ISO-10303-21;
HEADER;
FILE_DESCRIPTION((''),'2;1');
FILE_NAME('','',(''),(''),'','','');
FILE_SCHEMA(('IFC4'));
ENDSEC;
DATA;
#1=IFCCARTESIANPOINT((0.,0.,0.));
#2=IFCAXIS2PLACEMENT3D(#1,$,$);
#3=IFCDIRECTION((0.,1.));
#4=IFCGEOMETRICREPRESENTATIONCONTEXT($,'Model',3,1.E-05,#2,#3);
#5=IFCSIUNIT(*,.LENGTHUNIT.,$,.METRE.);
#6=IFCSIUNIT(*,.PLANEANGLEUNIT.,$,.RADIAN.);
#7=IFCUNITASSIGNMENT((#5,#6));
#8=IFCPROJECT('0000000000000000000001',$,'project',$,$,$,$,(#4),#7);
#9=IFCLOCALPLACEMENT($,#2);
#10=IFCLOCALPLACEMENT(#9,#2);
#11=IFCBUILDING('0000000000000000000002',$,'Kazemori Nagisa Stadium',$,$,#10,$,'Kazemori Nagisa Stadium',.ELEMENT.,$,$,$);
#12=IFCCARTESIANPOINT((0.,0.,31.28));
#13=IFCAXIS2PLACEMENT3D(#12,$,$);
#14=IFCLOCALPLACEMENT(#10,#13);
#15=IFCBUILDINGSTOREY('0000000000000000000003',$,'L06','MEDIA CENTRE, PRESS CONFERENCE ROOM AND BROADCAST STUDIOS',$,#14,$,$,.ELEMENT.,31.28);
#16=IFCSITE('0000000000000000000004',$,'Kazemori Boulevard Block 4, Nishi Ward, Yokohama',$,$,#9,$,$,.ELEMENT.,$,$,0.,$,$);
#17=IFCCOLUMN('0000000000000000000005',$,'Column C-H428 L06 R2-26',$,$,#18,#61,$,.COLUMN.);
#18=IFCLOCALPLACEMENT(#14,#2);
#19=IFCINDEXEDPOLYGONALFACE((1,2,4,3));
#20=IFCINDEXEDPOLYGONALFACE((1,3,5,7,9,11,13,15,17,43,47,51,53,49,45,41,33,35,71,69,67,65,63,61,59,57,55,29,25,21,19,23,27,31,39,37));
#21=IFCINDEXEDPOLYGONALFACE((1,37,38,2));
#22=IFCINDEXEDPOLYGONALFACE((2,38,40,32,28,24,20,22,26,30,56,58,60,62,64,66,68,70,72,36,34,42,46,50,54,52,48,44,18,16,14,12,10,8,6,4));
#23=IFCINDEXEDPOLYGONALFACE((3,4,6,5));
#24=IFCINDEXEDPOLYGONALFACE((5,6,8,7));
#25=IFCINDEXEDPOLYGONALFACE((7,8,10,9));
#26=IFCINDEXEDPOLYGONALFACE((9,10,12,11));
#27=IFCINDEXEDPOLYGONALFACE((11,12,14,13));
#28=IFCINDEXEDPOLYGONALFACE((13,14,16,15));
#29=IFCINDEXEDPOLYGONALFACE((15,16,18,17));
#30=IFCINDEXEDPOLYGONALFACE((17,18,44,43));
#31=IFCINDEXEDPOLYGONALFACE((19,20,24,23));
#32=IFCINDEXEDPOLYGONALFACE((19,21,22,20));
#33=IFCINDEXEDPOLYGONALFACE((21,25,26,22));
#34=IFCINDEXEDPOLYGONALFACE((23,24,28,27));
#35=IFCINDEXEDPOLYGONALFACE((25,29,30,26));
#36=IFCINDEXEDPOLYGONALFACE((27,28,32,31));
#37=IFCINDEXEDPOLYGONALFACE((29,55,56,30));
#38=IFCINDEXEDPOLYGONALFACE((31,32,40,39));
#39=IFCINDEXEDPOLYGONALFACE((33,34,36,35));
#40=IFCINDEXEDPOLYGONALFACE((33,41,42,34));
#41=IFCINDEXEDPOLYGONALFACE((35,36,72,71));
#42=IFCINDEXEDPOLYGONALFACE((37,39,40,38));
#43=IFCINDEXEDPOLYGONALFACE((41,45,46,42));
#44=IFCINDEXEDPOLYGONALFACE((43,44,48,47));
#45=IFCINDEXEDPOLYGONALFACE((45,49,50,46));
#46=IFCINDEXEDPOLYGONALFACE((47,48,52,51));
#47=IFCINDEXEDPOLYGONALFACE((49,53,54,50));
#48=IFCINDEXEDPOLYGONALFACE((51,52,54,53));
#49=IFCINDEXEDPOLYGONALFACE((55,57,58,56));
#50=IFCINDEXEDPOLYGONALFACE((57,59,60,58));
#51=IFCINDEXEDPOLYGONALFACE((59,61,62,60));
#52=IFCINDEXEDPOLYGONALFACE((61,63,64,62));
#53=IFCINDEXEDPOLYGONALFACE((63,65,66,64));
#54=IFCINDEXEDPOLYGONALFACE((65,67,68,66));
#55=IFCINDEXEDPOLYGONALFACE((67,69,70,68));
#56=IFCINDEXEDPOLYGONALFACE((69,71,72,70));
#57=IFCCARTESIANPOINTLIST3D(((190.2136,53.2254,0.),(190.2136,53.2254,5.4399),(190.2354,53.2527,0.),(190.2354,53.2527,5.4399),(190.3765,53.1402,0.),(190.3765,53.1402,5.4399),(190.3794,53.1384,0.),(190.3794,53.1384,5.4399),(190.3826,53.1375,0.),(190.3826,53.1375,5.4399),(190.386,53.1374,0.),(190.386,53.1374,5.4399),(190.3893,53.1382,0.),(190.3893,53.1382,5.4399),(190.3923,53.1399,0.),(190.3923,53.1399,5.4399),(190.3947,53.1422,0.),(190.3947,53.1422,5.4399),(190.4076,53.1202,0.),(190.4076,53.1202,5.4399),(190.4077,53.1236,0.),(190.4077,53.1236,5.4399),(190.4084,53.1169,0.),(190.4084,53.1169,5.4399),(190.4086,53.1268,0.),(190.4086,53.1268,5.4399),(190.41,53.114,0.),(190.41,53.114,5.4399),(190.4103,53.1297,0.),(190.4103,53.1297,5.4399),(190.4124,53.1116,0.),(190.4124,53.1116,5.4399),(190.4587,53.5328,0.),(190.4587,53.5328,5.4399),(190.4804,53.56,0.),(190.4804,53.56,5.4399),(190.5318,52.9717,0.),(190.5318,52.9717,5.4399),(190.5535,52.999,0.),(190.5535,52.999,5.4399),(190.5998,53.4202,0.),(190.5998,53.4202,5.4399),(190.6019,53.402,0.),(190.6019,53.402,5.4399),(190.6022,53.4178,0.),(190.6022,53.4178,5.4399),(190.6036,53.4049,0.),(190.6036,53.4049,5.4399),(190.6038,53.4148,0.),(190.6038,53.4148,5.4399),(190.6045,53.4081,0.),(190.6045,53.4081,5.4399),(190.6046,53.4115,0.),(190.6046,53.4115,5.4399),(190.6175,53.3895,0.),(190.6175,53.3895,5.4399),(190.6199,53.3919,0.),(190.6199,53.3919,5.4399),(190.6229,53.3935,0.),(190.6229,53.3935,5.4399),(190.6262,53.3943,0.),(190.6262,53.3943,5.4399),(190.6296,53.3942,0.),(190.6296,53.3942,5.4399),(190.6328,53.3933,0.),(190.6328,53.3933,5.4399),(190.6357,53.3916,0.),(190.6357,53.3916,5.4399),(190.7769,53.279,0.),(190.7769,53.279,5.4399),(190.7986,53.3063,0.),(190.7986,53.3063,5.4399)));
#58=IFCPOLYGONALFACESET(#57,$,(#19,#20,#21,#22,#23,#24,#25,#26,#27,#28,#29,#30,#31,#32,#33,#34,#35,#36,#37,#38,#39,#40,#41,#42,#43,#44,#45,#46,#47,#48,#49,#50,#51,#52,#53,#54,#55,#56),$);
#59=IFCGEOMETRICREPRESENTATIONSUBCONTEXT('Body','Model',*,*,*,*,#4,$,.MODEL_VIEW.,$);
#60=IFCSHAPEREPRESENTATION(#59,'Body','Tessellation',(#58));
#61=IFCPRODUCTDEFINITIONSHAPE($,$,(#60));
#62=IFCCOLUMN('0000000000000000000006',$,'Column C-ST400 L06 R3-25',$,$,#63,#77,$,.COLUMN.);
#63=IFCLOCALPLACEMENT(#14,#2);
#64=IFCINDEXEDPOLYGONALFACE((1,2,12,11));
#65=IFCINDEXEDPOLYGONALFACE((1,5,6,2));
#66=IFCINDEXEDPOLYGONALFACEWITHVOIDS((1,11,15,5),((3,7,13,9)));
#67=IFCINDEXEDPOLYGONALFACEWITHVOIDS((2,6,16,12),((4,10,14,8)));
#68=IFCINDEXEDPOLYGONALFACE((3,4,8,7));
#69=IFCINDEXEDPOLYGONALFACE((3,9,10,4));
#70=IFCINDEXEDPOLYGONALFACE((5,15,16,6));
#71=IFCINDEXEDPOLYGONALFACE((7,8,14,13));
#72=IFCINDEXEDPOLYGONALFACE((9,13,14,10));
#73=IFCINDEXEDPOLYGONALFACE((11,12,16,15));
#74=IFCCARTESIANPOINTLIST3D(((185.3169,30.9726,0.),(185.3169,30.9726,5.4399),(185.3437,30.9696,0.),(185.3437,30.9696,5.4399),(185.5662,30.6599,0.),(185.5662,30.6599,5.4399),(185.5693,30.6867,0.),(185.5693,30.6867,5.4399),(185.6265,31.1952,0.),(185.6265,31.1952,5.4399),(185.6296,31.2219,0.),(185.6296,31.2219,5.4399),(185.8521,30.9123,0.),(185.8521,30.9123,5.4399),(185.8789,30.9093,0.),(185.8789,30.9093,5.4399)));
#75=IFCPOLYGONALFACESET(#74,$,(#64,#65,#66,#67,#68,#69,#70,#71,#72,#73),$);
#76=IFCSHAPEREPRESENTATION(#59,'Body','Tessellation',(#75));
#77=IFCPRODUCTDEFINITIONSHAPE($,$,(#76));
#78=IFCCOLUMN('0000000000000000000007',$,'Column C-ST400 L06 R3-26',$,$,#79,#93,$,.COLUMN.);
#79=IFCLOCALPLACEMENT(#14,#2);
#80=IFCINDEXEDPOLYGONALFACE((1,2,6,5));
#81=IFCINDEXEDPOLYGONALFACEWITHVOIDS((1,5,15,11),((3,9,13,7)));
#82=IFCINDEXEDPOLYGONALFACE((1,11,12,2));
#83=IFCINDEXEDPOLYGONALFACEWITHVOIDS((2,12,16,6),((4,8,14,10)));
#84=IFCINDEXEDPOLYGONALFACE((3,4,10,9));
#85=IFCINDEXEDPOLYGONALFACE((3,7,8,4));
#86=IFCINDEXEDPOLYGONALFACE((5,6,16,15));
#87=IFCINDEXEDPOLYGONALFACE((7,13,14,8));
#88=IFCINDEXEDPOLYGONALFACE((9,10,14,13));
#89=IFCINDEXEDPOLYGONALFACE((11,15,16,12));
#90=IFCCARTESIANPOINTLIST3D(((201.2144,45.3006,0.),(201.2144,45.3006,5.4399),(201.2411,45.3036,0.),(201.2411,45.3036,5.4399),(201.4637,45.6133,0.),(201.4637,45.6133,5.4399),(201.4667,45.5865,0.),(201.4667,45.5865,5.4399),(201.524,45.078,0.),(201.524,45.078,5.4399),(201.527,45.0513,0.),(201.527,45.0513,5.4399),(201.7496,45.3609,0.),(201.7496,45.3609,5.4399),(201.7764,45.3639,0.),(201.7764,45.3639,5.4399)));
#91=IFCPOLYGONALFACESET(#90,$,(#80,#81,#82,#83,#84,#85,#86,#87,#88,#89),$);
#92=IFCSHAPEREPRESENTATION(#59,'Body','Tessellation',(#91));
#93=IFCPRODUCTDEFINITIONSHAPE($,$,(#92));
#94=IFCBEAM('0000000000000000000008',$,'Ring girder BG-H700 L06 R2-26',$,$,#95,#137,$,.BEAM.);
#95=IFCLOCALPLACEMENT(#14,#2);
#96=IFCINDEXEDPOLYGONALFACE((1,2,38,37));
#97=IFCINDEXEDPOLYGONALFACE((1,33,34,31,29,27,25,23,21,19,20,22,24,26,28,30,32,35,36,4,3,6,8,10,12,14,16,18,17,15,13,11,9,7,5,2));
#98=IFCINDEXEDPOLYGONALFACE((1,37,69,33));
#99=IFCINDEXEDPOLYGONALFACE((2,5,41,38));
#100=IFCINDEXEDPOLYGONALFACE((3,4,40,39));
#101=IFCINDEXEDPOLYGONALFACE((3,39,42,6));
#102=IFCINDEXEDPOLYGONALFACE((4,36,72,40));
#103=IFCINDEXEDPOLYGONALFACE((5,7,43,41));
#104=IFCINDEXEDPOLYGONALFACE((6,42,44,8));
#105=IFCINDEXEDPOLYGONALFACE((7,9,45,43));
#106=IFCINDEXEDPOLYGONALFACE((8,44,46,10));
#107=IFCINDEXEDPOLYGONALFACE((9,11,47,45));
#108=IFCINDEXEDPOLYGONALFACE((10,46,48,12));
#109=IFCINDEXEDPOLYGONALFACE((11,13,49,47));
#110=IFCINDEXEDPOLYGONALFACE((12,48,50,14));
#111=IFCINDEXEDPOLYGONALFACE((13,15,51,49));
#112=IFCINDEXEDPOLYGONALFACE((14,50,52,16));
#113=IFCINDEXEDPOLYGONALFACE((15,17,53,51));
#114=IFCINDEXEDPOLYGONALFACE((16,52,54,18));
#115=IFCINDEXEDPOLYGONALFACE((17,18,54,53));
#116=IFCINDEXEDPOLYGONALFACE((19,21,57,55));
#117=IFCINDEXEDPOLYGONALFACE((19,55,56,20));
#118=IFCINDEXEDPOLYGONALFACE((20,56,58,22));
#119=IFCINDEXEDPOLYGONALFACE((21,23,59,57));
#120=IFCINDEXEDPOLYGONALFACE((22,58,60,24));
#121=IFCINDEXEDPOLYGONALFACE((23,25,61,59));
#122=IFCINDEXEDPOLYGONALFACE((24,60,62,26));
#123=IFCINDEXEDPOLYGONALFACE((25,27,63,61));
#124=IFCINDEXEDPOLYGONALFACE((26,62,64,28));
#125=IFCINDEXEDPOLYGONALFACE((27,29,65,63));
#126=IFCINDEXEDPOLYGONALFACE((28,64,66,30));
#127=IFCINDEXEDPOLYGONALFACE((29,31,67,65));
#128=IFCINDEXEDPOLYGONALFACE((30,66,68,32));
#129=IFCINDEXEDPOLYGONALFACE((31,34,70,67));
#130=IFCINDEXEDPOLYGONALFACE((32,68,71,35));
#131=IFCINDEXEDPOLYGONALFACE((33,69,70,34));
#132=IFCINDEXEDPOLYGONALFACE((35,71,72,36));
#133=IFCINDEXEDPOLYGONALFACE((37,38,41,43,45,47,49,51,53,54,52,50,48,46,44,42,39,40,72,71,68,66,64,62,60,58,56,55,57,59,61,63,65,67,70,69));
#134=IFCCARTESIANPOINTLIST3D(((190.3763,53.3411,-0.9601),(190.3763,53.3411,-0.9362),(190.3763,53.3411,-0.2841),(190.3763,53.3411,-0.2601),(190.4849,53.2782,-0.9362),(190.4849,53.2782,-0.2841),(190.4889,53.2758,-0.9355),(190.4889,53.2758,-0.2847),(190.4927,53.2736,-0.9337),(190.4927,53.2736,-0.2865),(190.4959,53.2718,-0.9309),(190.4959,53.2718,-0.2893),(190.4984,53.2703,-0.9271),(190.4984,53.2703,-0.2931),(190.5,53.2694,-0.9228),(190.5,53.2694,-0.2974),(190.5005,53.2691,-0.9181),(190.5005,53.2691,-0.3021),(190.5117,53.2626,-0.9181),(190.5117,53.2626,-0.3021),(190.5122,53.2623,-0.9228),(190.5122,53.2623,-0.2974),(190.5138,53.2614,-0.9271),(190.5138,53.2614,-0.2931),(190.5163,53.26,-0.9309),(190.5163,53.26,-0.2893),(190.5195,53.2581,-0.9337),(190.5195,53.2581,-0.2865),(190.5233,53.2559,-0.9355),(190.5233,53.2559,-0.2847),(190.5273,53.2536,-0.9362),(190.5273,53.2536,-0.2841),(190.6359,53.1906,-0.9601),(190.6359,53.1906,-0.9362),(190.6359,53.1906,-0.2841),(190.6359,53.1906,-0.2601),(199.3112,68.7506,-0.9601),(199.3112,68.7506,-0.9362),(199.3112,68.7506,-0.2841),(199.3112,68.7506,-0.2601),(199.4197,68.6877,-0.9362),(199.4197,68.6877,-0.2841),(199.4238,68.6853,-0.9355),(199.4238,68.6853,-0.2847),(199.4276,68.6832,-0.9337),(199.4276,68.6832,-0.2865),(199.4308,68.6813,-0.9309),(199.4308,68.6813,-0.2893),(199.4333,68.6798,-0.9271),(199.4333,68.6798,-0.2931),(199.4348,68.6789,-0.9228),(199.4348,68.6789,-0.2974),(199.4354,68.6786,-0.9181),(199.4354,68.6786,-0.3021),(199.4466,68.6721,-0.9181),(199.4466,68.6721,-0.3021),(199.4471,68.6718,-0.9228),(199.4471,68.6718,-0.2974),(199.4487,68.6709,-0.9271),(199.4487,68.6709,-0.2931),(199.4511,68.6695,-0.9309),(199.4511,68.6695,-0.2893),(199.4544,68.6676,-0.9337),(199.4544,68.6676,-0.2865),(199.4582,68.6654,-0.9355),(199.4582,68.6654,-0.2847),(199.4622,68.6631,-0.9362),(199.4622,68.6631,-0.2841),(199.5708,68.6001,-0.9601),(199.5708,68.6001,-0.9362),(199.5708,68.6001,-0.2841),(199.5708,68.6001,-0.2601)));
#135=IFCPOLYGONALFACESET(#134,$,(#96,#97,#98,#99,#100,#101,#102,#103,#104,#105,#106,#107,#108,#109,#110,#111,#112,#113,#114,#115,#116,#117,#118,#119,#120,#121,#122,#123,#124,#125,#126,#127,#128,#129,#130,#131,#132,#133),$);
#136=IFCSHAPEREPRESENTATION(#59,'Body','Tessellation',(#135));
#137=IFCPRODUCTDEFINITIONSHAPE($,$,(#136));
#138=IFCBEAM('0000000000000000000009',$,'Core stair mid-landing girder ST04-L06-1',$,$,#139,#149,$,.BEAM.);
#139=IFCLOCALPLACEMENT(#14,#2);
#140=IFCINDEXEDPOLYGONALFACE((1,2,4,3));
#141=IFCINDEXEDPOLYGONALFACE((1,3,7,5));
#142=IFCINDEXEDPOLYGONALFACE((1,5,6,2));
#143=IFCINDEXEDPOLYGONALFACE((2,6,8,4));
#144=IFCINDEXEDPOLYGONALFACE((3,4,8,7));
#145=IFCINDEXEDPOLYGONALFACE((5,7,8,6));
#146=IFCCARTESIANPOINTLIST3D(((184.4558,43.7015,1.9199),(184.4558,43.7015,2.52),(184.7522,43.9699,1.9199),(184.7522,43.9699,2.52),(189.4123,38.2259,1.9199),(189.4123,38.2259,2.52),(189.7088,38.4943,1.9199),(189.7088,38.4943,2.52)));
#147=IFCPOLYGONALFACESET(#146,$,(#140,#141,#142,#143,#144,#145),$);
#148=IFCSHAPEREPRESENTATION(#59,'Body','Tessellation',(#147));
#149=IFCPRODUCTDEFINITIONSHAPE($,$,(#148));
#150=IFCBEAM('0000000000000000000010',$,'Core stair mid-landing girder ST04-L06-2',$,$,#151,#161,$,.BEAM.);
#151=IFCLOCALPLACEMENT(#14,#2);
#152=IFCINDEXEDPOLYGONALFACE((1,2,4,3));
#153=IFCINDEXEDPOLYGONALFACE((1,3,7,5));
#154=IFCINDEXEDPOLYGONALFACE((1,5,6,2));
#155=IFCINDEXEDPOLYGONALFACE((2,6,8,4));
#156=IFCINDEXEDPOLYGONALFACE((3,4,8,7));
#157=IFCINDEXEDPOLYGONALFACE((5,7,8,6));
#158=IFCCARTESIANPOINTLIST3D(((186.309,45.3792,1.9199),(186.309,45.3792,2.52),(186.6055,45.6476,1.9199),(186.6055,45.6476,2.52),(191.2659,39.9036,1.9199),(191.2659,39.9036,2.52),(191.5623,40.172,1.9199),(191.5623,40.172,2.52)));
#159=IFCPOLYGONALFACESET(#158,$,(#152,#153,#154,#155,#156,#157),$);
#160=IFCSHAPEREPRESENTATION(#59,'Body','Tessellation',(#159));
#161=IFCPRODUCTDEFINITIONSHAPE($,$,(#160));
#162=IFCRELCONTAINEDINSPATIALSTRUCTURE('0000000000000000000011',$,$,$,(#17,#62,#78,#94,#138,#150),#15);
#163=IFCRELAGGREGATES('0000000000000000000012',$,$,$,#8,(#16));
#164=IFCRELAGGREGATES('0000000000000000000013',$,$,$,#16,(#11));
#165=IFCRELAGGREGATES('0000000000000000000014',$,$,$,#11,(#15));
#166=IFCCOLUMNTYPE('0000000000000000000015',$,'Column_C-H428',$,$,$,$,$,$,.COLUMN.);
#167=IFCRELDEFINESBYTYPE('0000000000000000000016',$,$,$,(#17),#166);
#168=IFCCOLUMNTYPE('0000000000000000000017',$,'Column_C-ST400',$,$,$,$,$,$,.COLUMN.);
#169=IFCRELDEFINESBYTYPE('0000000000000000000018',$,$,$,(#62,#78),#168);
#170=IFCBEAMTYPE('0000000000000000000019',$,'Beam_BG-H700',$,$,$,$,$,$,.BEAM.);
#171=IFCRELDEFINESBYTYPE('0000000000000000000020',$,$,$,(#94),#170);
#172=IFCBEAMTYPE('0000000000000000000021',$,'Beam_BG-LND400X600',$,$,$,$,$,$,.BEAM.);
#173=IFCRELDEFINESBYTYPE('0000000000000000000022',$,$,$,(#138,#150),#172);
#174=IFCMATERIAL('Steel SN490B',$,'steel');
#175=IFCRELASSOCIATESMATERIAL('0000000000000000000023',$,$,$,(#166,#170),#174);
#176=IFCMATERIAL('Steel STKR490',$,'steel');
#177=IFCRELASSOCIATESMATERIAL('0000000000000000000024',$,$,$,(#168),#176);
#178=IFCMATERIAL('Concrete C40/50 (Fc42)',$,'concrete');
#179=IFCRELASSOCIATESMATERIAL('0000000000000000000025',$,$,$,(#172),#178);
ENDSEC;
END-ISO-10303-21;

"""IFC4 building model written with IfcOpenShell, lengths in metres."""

from ifc_helpers import new_model, si_unit, direction, frame, origin, origin_2d, place, context, subcontext, project, spatial, rectangle, hollow_rectangle, i_section, extrude, material, material_profile, profile_set, type_object, element, save


model = new_model("IFC4")

# Units and contexts
model_context = context("Model", 3, precision=1e-05, world=origin(), true_north=direction((0.0, 1.0)))
body_context = subcontext(model_context, "Body", "Model", "MODEL_VIEW")
ifc_project = project(units=[si_unit("LENGTHUNIT", "METRE"), si_unit("PLANEANGLEUNIT", "RADIAN")], contexts=[model_context])

# Site, building, storey
site_placement = place(None, origin())
site = spatial("IfcSite", under=ifc_project, at=site_placement, Name="Kazemori Boulevard Block 4, Nishi Ward, Yokohama", CompositionType="ELEMENT", RefElevation=0.0)
building_placement = place(site_placement, origin())
building = spatial("IfcBuilding", under=site, at=building_placement, Name="Kazemori Nagisa Stadium", LongName="Kazemori Nagisa Stadium", CompositionType="ELEMENT")
storey_placement = place(building_placement, frame((0.0, 0.0, 31.28)))
storey = spatial("IfcBuildingStorey", under=building, at=storey_placement, Name="L06", Description="MEDIA CENTRE, PRESS CONFERENCE ROOM AND BROADCAST STUDIOS", CompositionType="ELEMENT", Elevation=31.28)

# Columns
ifc_material_1 = material(Name="Steel SN490B", Category="steel")
ifc_material_profile_1 = material_profile(ifc_material_1, i_section(OverallWidth=0.407, OverallDepth=0.428, WebThickness=0.02, FlangeThickness=0.0349, FilletRadius=0.0129, at=origin_2d()), Name="H-428x407x20x35")
ifc_profile_set_1 = profile_set([ifc_material_profile_1], Name="Steel SN490B")
column_type_1 = type_object("IfcColumnType", Name="Column_C-H428", PredefinedType="COLUMN", material=ifc_profile_set_1)
column_placement = place(storey_placement, frame((190.5061, 53.2659, 0.0), z_axis=(0.0, 0.0, 1.0), x_axis=(0.781831, -0.62349, 0.0)))
element("IfcColumn", 1, at=column_placement, inside=storey, type_object=column_type_1, Name="Column C-H428 L06 R2-26", PredefinedType="COLUMN", context=body_context, shape_type="SweptSolid", body=[
    extrude(i_section(OverallWidth=0.407, OverallDepth=0.428, WebThickness=0.02, FlangeThickness=0.0349, FilletRadius=0.0129, at=origin_2d()), origin(), (0.0, 0.0, 1.0), 5.4399),
])
ifc_material_2 = material(Name="Steel STKR490", Category="steel")
ifc_material_profile_2 = material_profile(ifc_material_2, hollow_rectangle(XDim=0.3999, YDim=0.3999, WallThickness=0.019, at=origin_2d()), Name="SHS-400x400x19")
ifc_profile_set_2 = profile_set([ifc_material_profile_2], Name="Steel STKR490")
column_type_2 = type_object("IfcColumnType", Name="Column_C-ST400", PredefinedType="COLUMN", material=ifc_profile_set_2)
for number, where, z_axis, x_axis, name in (
    (2, (185.5979, 30.9409, 0.0), (0.0, 0.0, 1.0), (0.62349, -0.781831, 0.0), "Column C-ST400 L06 R3-25"),
    (3, (201.4954, 45.3323, 0.0), (0.0, 0.0, 1.0), (0.781831, -0.62349, 0.0), "Column C-ST400 L06 R3-26"),
):
    element("IfcColumn", number, at=place(storey_placement, frame(where, z_axis=z_axis, x_axis=x_axis)), inside=storey, type_object=column_type_2, Name=name, PredefinedType="COLUMN", context=body_context, shape_type="SweptSolid", body=[
        extrude(hollow_rectangle(XDim=0.3999, YDim=0.3999, WallThickness=0.019, at=origin_2d()), origin(), (0.0, 0.0, 1.0), 5.4399),
    ])

# Beams
ifc_material_profile_3 = material_profile(ifc_material_1, i_section(OverallWidth=0.3, OverallDepth=0.7, WebThickness=0.0129, FlangeThickness=0.0239, FilletRadius=0.0181, at=origin_2d()), Name="H-700x300x13x24")
ifc_profile_set_3 = profile_set([ifc_material_profile_3], Name="Steel SN490B")
beam_type_1 = type_object("IfcBeamType", Name="Beam_BG-H700", PredefinedType="BEAM", material=ifc_profile_set_3)
beam_1_placement = place(storey_placement, frame((190.5061, 53.2659, -0.6101), z_axis=(0.501607, 0.865096, 0.0), x_axis=(-0.865096, 0.501607, 0.0)))
element("IfcBeam", 4, at=beam_1_placement, inside=storey, type_object=beam_type_1, Name="Ring girder BG-H700 L06 R2-26", PredefinedType="BEAM", context=body_context, shape_type="SweptSolid", body=[
    extrude(i_section(OverallWidth=0.3, OverallDepth=0.7, WebThickness=0.0129, FlangeThickness=0.0239, FilletRadius=0.0181, at=origin_2d()), origin(), (0.0, 0.0, 1.0), 17.8125),
])
ifc_material_3 = material(Name="Concrete C40/50 (Fc42)", Category="concrete")
ifc_material_profile_4 = material_profile(ifc_material_3, rectangle(XDim=0.3999, YDim=0.6001, at=origin_2d()), Name="RC-BM-400x600")
ifc_profile_set_4 = profile_set([ifc_material_profile_4], Name="Concrete C40/50 (Fc42)")
beam_type_2 = type_object("IfcBeamType", Name="Beam_BG-LND400X600", PredefinedType="BEAM", material=ifc_profile_set_4)
beam_2_placement = place(storey_placement, frame((184.604, 43.8357, 2.22), z_axis=(0.671095, -0.741371, 0.0), x_axis=(0.741371, 0.671095, 0.0)))
element("IfcBeam", 5, at=beam_2_placement, inside=storey, type_object=beam_type_2, Name="Core stair mid-landing girder ST04-L06-1", PredefinedType="BEAM", context=body_context, shape_type="SweptSolid", body=[
    extrude(rectangle(XDim=0.3999, YDim=0.6001, at=origin_2d()), origin(), (0.0, 0.0, 1.0), 7.3857),
])
beam_3_placement = place(storey_placement, frame((186.4573, 45.5134, 2.22), z_axis=(0.671113, -0.741355, 0.0), x_axis=(0.741355, 0.671113, 0.0)))
element("IfcBeam", 6, at=beam_3_placement, inside=storey, type_object=beam_type_2, Name="Core stair mid-landing girder ST04-L06-2", PredefinedType="BEAM", context=body_context, shape_type="SweptSolid", body=[
    extrude(rectangle(XDim=0.3999, YDim=0.6001, at=origin_2d()), origin(), (0.0, 0.0, 1.0), 7.386),
])

save(model, "model.ifc")
